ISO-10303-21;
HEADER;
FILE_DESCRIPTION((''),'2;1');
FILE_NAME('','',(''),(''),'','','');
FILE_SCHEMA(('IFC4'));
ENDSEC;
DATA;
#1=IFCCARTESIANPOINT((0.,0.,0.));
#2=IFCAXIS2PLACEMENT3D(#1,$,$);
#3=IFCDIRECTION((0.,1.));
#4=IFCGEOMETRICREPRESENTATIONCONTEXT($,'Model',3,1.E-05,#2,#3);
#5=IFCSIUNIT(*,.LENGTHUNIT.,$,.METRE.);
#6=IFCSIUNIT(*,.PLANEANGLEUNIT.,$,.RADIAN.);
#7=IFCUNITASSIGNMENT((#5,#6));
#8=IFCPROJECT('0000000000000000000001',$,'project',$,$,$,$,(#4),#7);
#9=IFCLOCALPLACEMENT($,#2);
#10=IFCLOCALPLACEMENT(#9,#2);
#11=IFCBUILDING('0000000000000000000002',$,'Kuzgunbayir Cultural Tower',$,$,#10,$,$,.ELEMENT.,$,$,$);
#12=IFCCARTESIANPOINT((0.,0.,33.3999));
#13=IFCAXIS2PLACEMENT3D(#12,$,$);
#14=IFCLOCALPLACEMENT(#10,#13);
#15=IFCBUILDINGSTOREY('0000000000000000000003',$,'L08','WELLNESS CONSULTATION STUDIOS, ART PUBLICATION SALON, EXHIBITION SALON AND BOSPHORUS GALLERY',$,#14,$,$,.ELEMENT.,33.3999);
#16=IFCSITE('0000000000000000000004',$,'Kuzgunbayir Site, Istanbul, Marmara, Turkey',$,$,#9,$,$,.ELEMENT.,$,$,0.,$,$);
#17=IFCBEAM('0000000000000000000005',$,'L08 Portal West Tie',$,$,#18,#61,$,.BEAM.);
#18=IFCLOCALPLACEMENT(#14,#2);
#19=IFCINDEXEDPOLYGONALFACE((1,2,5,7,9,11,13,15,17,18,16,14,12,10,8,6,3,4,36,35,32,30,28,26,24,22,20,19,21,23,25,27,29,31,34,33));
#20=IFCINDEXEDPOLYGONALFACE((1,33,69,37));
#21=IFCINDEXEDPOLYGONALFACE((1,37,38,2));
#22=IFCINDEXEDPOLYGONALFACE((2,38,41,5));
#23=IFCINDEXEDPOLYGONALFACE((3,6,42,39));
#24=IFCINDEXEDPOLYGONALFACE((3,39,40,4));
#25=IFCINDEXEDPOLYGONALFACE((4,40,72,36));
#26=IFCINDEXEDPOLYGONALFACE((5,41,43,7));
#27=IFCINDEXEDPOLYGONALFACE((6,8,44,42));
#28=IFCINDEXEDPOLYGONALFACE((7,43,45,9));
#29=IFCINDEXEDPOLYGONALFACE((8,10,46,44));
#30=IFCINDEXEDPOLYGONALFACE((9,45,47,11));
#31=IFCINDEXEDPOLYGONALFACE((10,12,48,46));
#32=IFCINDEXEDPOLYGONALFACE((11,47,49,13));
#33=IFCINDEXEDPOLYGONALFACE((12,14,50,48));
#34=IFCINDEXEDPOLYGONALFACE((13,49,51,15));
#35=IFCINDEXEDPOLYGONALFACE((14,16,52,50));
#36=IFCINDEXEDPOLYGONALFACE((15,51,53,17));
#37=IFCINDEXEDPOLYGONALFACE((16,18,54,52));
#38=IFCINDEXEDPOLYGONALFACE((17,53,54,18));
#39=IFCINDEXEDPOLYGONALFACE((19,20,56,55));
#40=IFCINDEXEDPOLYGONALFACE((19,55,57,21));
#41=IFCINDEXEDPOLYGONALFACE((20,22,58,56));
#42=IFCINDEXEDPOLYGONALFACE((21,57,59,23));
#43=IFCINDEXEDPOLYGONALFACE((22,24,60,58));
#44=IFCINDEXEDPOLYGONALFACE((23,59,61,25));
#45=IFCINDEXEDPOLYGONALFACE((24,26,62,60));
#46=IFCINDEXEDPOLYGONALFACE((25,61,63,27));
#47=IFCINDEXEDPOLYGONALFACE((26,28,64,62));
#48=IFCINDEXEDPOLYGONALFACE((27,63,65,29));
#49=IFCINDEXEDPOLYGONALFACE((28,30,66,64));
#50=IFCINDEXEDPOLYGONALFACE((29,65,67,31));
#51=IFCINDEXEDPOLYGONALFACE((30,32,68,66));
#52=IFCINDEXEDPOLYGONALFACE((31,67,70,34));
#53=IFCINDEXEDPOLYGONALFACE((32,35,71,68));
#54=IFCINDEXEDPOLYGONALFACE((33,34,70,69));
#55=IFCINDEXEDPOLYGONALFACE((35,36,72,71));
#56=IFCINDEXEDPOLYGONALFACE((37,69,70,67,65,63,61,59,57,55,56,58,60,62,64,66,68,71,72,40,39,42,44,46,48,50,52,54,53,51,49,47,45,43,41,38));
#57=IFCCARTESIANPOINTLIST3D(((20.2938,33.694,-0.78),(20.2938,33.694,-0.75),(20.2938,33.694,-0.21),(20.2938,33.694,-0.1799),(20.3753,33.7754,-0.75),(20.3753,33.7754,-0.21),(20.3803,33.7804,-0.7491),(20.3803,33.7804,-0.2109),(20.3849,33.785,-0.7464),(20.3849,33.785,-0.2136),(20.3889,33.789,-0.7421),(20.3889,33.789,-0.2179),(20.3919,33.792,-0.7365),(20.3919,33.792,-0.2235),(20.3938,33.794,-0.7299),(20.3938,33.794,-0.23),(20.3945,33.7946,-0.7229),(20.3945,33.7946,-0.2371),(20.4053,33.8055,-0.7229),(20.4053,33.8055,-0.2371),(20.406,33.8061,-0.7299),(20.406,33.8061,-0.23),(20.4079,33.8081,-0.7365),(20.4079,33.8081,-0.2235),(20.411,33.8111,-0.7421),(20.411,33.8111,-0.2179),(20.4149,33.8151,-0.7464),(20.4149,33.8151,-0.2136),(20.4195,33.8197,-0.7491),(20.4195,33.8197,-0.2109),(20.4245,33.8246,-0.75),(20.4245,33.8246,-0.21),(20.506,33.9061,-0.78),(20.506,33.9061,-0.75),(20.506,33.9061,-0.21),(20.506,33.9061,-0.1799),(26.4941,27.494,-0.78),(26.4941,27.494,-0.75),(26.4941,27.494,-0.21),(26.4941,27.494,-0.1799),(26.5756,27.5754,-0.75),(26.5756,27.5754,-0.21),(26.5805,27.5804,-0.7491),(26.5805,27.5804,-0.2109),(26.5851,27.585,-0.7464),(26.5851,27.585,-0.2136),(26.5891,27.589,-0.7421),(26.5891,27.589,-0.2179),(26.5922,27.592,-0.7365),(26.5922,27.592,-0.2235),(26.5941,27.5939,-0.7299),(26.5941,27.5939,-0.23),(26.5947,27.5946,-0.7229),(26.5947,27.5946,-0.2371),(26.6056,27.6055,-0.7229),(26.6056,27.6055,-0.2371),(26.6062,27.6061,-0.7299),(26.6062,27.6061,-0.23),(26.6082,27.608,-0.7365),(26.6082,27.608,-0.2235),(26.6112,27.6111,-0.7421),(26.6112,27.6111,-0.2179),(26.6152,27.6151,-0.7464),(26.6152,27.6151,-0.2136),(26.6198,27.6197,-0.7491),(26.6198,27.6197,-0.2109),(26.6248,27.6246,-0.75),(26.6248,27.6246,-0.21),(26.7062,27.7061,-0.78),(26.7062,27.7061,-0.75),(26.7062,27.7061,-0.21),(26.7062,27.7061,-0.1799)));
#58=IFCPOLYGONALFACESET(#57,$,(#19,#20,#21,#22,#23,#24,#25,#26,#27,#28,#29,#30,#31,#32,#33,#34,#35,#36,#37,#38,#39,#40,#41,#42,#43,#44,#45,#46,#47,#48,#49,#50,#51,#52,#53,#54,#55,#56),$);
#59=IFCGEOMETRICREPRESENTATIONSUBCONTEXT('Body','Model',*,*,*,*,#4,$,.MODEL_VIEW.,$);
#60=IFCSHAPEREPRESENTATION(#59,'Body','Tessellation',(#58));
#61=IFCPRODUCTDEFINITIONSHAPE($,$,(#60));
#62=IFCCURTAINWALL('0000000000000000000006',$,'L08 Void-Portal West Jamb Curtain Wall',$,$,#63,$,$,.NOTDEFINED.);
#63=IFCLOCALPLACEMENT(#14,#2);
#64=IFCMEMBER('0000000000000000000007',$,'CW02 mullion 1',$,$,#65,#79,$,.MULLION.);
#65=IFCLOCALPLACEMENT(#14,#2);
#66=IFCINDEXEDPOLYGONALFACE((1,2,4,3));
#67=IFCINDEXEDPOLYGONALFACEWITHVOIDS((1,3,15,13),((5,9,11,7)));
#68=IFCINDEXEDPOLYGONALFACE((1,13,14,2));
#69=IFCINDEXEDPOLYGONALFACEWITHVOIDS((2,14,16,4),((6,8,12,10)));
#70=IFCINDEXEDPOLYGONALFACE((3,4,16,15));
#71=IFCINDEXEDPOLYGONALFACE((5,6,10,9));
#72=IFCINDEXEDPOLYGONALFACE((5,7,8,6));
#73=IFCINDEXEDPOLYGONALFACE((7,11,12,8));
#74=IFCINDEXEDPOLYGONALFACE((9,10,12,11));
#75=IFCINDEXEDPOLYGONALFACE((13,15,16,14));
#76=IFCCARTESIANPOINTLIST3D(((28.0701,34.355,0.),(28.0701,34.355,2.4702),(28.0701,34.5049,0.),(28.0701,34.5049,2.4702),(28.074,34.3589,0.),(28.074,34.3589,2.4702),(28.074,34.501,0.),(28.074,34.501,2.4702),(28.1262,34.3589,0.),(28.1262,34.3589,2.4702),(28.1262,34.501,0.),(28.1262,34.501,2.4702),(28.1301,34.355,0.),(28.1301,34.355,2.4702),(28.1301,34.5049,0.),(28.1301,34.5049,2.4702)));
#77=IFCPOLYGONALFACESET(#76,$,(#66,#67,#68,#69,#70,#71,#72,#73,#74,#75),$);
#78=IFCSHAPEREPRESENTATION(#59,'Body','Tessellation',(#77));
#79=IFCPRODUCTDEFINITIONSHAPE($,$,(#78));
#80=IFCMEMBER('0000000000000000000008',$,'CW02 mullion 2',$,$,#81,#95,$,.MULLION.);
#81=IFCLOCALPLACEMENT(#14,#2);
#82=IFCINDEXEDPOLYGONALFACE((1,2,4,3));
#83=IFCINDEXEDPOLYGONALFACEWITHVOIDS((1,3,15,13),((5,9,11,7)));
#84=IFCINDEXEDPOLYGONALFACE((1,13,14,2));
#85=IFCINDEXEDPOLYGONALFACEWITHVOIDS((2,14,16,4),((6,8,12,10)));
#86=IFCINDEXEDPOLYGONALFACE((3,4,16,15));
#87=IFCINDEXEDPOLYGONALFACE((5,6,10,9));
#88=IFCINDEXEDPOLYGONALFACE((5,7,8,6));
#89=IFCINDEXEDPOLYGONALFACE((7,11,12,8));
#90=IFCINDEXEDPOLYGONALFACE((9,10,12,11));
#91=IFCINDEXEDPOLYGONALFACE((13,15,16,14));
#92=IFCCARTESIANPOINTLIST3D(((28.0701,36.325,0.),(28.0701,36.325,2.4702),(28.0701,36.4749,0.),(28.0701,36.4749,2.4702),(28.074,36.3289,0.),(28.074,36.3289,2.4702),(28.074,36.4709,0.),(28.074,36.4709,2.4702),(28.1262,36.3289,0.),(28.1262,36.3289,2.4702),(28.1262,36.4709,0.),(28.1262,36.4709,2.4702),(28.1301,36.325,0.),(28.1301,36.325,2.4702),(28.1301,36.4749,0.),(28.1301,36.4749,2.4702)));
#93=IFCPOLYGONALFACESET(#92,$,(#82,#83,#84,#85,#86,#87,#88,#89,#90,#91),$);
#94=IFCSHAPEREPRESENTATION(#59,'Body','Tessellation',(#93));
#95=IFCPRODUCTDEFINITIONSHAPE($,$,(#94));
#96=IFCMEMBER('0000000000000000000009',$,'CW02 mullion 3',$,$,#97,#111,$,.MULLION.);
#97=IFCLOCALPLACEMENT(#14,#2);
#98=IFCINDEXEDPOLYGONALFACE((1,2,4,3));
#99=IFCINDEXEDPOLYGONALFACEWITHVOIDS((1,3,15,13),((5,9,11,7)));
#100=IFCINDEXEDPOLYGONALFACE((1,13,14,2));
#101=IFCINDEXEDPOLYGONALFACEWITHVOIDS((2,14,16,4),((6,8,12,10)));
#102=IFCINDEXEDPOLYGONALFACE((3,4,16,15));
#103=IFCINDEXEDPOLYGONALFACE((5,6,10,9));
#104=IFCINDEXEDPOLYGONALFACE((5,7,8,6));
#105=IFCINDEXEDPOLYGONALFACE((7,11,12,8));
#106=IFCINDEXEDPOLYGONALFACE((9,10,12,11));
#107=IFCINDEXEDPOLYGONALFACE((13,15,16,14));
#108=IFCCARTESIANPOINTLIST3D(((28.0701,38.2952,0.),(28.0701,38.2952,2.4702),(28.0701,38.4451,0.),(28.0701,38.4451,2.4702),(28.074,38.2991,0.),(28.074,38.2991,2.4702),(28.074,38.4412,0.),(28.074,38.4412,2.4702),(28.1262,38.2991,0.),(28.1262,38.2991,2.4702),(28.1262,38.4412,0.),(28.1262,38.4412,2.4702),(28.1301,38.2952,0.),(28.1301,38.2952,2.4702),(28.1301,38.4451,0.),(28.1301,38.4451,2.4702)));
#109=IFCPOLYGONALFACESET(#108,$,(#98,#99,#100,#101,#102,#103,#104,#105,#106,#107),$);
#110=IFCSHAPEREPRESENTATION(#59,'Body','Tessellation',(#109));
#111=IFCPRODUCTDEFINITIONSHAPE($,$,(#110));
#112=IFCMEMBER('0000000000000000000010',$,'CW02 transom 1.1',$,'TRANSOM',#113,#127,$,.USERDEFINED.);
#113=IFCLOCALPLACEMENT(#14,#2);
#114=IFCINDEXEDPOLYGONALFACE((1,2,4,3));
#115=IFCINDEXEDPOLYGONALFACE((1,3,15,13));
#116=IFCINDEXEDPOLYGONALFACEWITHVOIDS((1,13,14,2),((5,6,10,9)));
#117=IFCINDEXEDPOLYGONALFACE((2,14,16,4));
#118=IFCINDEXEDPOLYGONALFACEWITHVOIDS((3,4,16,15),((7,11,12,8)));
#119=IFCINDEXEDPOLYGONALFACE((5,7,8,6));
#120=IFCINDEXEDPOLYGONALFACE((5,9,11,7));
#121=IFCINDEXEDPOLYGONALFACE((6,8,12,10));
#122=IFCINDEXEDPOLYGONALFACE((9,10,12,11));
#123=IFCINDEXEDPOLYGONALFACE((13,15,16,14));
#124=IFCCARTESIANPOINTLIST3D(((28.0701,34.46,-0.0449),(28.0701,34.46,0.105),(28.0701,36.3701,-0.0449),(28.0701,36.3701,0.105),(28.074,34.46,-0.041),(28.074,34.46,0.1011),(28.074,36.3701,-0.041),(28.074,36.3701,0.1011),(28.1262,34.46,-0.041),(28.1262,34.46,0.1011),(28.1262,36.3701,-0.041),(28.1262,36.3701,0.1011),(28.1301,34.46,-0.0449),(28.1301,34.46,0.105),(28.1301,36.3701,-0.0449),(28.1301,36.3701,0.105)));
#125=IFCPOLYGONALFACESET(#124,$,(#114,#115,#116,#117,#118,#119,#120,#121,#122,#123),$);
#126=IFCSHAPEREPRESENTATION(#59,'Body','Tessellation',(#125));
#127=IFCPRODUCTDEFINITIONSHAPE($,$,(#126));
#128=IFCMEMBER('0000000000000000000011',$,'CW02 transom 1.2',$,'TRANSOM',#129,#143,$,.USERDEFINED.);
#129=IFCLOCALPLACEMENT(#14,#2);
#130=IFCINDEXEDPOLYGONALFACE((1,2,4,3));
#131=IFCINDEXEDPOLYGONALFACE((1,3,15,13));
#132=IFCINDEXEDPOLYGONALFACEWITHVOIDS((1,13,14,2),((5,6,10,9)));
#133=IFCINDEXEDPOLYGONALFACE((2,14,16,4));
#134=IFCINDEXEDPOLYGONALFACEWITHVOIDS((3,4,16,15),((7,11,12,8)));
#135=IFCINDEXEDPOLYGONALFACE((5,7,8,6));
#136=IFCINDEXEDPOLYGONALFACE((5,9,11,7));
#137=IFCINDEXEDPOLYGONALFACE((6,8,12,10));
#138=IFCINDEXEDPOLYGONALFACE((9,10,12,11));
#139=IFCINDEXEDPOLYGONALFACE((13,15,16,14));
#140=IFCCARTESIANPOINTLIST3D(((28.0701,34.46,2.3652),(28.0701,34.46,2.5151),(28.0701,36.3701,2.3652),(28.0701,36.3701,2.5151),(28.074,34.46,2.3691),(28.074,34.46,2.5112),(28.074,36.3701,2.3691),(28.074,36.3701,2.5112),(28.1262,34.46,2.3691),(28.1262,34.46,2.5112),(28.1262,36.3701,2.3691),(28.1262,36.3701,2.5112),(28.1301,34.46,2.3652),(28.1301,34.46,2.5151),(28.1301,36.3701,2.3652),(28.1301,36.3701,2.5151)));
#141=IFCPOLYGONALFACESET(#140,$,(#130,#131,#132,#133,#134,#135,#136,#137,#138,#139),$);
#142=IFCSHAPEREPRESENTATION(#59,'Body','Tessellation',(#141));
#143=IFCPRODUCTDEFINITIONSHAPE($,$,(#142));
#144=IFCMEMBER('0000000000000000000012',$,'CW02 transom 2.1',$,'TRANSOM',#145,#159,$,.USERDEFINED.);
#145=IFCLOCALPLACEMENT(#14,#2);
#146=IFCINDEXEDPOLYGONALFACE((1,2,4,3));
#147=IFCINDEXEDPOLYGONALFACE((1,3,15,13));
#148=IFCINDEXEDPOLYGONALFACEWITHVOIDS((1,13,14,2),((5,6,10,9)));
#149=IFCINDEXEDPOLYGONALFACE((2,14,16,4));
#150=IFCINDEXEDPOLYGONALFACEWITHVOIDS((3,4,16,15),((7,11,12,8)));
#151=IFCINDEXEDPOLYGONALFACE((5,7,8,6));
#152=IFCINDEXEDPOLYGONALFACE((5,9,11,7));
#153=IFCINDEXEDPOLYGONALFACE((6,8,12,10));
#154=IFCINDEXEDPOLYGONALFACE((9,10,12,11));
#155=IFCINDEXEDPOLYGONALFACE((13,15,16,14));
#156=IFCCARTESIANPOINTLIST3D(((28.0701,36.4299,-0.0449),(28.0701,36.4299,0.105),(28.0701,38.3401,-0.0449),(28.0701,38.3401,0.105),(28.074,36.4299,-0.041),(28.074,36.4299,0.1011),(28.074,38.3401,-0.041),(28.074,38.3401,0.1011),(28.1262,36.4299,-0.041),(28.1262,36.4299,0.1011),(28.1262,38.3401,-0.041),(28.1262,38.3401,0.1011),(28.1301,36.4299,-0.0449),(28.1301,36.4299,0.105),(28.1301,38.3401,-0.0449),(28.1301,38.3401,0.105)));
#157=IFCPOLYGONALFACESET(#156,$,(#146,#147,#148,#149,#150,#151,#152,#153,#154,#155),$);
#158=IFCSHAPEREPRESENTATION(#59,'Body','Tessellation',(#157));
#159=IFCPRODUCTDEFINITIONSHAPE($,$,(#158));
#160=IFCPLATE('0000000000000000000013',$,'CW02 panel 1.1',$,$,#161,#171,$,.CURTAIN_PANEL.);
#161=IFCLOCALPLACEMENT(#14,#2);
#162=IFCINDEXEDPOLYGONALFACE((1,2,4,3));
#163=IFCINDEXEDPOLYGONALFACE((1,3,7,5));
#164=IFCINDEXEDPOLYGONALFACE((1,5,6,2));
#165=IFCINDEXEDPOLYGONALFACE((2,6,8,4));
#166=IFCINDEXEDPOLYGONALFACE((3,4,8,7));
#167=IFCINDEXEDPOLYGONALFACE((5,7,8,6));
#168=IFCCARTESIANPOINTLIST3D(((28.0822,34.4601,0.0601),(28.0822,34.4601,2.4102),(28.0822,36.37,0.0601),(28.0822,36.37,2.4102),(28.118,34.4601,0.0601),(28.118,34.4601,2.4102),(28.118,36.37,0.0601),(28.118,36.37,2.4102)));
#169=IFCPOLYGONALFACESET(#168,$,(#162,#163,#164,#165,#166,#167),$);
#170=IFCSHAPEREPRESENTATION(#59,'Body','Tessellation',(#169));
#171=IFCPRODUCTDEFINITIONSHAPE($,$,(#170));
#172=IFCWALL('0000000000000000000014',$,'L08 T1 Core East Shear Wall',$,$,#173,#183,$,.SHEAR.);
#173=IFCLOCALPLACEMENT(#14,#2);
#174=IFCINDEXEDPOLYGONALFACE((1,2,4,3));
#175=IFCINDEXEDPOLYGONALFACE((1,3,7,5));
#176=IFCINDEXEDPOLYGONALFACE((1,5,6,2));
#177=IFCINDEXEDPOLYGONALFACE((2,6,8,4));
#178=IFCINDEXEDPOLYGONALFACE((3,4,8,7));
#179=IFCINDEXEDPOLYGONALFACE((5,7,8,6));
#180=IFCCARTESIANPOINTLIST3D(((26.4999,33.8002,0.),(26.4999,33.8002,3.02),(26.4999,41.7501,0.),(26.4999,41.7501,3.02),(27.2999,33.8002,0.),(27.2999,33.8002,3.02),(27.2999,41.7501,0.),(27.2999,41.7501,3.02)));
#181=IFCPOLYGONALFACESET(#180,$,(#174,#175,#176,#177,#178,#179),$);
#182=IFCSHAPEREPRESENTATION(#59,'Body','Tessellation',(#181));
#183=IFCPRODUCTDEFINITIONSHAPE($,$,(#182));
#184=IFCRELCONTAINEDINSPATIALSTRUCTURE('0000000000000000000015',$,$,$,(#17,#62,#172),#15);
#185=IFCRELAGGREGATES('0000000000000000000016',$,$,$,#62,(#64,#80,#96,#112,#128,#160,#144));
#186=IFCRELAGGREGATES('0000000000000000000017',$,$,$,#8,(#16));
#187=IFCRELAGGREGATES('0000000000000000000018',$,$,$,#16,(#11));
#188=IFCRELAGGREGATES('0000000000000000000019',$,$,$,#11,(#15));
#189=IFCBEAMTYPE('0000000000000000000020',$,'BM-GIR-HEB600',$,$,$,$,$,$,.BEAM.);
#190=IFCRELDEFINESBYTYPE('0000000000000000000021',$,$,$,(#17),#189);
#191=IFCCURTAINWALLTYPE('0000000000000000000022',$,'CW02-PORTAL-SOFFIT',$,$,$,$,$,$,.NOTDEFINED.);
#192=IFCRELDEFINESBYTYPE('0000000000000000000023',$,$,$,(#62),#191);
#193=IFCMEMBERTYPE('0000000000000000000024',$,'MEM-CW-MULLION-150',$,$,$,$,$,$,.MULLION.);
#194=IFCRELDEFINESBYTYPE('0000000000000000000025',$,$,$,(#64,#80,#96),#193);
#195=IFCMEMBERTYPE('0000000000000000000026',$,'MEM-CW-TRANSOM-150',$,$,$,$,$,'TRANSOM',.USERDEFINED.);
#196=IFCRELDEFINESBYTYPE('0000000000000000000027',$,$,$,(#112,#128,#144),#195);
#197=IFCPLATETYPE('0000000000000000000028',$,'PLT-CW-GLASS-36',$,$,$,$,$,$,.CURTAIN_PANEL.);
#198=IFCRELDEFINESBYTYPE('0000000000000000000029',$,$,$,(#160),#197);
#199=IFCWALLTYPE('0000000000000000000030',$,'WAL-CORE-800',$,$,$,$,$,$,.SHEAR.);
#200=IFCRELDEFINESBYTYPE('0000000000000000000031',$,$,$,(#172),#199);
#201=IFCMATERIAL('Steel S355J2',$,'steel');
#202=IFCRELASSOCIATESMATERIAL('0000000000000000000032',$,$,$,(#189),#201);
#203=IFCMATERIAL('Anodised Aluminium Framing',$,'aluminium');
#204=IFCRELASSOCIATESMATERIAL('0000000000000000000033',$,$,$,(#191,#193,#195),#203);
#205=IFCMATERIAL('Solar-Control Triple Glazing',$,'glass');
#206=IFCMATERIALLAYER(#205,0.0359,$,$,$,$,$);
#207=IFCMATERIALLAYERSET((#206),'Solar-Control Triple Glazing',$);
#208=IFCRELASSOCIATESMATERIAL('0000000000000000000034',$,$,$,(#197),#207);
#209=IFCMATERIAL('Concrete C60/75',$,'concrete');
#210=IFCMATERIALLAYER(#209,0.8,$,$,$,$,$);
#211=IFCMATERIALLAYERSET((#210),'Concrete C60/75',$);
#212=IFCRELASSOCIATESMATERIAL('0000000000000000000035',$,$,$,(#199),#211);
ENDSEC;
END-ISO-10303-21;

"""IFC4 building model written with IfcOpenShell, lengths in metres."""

from ifc_helpers import new_model, si_unit, direction, frame, frame_2d, origin, origin_2d, place, context, subcontext, project, spatial, rectangle, hollow_rectangle, i_section, extrude, material, layer, layer_set, material_profile, profile_set, type_object, element, aggregate, save


model = new_model("IFC4")

# Units and contexts
model_context = context("Model", 3, precision=1e-05, world=origin(), true_north=direction((0.0, 1.0)))
body_context = subcontext(model_context, "Body", "Model", "MODEL_VIEW")
ifc_project = project(units=[si_unit("LENGTHUNIT", "METRE"), si_unit("PLANEANGLEUNIT", "RADIAN")], contexts=[model_context])

# Site, building, storey
site_placement = place(None, origin())
site = spatial("IfcSite", under=ifc_project, at=site_placement, Name="Kuzgunbayir Site, Istanbul, Marmara, Turkey", CompositionType="ELEMENT", RefElevation=0.0)
building_placement = place(site_placement, origin())
building = spatial("IfcBuilding", under=site, at=building_placement, Name="Kuzgunbayir Cultural Tower", CompositionType="ELEMENT")
storey_placement = place(building_placement, frame((0.0, 0.0, 33.3999)))
storey = spatial("IfcBuildingStorey", under=building, at=storey_placement, Name="L08", Description="WELLNESS CONSULTATION STUDIOS, ART PUBLICATION SALON, EXHIBITION SALON AND BOSPHORUS GALLERY", CompositionType="ELEMENT", Elevation=33.3999)

# Shared definitions
ifc_material_1 = material(Name="Concrete C60/75", Category="concrete")

# Beam
ifc_material_2 = material(Name="Steel S355J2", Category="steel")
ifc_material_profile_1 = material_profile(ifc_material_2, i_section(OverallWidth=0.3, OverallDepth=0.6001, WebThickness=0.0154, FlangeThickness=0.03, FilletRadius=0.0271, at=origin_2d()), Name="HEB 600")
ifc_profile_set_1 = profile_set([ifc_material_profile_1], Name="Steel S355J2")
beam_type = type_object("IfcBeamType", Name="BM-GIR-HEB600", PredefinedType="BEAM", material=ifc_profile_set_1)
beam_1_placement = place(storey_placement, frame((20.3999, 33.8, -0.48), z_axis=(0.707121, -0.707093, 0.0), x_axis=(0.707093, 0.707121, 0.0)))
element("IfcBeam", 1, at=beam_1_placement, inside=storey, type_object=beam_type, Name="L08 Portal West Tie", PredefinedType="BEAM", context=body_context, shape_type="SweptSolid", body=[
    extrude(i_section(OverallWidth=0.3, OverallDepth=0.6001, WebThickness=0.0154, FlangeThickness=0.03, FilletRadius=0.0271, at=origin_2d()), origin(), (0.0, 0.0, 1.0), 8.7683),
])

# Curtain wall, members, plate
ifc_material_3 = material(Name="Anodised Aluminium Framing", Category="aluminium")
curtain_wall_type = type_object("IfcCurtainWallType", Name="CW02-PORTAL-SOFFIT", PredefinedType="NOTDEFINED", material=ifc_material_3)
curtain_wall_placement = place(storey_placement, origin())
curtain_wall = element("IfcCurtainWall", 2, at=curtain_wall_placement, inside=storey, type_object=curtain_wall_type, Name="L08 Void-Portal West Jamb Curtain Wall", PredefinedType="NOTDEFINED")
ifc_material_profile_2 = material_profile(ifc_material_3, hollow_rectangle(XDim=0.0601, YDim=0.1499, WallThickness=0.0039, at=origin_2d()), Name="RHS 150x60x4")
ifc_profile_set_2 = profile_set([ifc_material_profile_2], Name="Anodised Aluminium Framing")
member_type_1 = type_object("IfcMemberType", Name="MEM-CW-MULLION-150", PredefinedType="MULLION", material=ifc_profile_set_2)
member_1_placement = place(storey_placement, frame((28.1001, 34.4299, 0.0), z_axis=(0.0, 0.0, 1.0), x_axis=(-1.0, 0.0, 0.0)))
member_1 = element("IfcMember", 3, at=member_1_placement, type_object=member_type_1, Name="CW02 mullion 1", PredefinedType="MULLION", context=body_context, shape_type="SweptSolid", body=[
    extrude(hollow_rectangle(XDim=0.0601, YDim=0.1499, WallThickness=0.0039, at=origin_2d()), origin(), (0.0, 0.0, 1.0), 2.4702),
])
member_2_placement = place(storey_placement, frame((28.1001, 36.3999, 0.0), z_axis=(0.0, 0.0, 1.0), x_axis=(-1.0, 0.0, 0.0)))
member_2 = element("IfcMember", 4, at=member_2_placement, type_object=member_type_1, Name="CW02 mullion 2", PredefinedType="MULLION", context=body_context, shape_type="SweptSolid", body=[
    extrude(hollow_rectangle(XDim=0.0601, YDim=0.1499, WallThickness=0.0039, at=origin_2d()), origin(), (0.0, 0.0, 1.0), 2.4702),
])
member_3_placement = place(storey_placement, frame((28.1001, 38.3701, 0.0), z_axis=(0.0, 0.0, 1.0), x_axis=(-1.0, 0.0, 0.0)))
member_3 = element("IfcMember", 5, at=member_3_placement, type_object=member_type_1, Name="CW02 mullion 3", PredefinedType="MULLION", context=body_context, shape_type="SweptSolid", body=[
    extrude(hollow_rectangle(XDim=0.0601, YDim=0.1499, WallThickness=0.0039, at=origin_2d()), origin(), (0.0, 0.0, 1.0), 2.4702),
])
ifc_material_profile_3 = material_profile(ifc_material_3, hollow_rectangle(XDim=0.0601, YDim=0.1499, WallThickness=0.0039, at=origin_2d()), Name="RHS 150x60x4")
ifc_profile_set_3 = profile_set([ifc_material_profile_3], Name="Anodised Aluminium Framing")
member_type_2 = type_object("IfcMemberType", Name="MEM-CW-TRANSOM-150", ElementType="TRANSOM", PredefinedType="USERDEFINED", material=ifc_profile_set_3)
member_4_placement = place(storey_placement, frame((28.1001, 34.46, 0.03), z_axis=(0.0, 1.0, 0.0), x_axis=(-1.0, 0.0, 0.0)))
member_4 = element("IfcMember", 6, at=member_4_placement, type_object=member_type_2, Name="CW02 transom 1.1", ObjectType="TRANSOM", PredefinedType="USERDEFINED", context=body_context, shape_type="SweptSolid", body=[
    extrude(hollow_rectangle(XDim=0.0601, YDim=0.1499, WallThickness=0.0039, at=origin_2d()), origin(), (0.0, 0.0, 1.0), 1.9102),
])
member_5_placement = place(storey_placement, frame((28.1001, 34.46, 2.4402), z_axis=(0.0, 1.0, 0.0), x_axis=(-1.0, 0.0, 0.0)))
member_5 = element("IfcMember", 7, at=member_5_placement, type_object=member_type_2, Name="CW02 transom 1.2", ObjectType="TRANSOM", PredefinedType="USERDEFINED", context=body_context, shape_type="SweptSolid", body=[
    extrude(hollow_rectangle(XDim=0.0601, YDim=0.1499, WallThickness=0.0039, at=origin_2d()), origin(), (0.0, 0.0, 1.0), 1.9102),
])
member_6_placement = place(storey_placement, frame((28.1001, 36.4299, 0.03), z_axis=(0.0, 1.0, 0.0), x_axis=(-1.0, 0.0, 0.0)))
member_6 = element("IfcMember", 8, at=member_6_placement, type_object=member_type_2, Name="CW02 transom 2.1", ObjectType="TRANSOM", PredefinedType="USERDEFINED", context=body_context, shape_type="SweptSolid", body=[
    extrude(hollow_rectangle(XDim=0.0601, YDim=0.1499, WallThickness=0.0039, at=origin_2d()), origin(), (0.0, 0.0, 1.0), 1.9102),
])
ifc_material_4 = material(Name="Solar-Control Triple Glazing", Category="glass")
ifc_layer_1 = layer(ifc_material_4, 0.0359)
ifc_layer_set_1 = layer_set([ifc_layer_1], Name="Solar-Control Triple Glazing")
plate_type = type_object("IfcPlateType", Name="PLT-CW-GLASS-36", PredefinedType="CURTAIN_PANEL", material=ifc_layer_set_1)
plate_placement = place(storey_placement, frame((28.1001, 35.415, 0.0601), z_axis=(0.0, 0.0, 1.0), x_axis=(0.0, 1.0, 0.0)))
plate = element("IfcPlate", 9, at=plate_placement, type_object=plate_type, Name="CW02 panel 1.1", PredefinedType="CURTAIN_PANEL", context=body_context, shape_type="SweptSolid", body=[
    extrude(rectangle(XDim=1.9099, YDim=0.0359, at=origin_2d()), origin(), (0.0, 0.0, 1.0), 2.3501),
])
aggregate(curtain_wall, [member_1, member_2, member_3, member_4, member_5, plate, member_6])

# Wall
ifc_layer_2 = layer(ifc_material_1, 0.8)
ifc_layer_set_2 = layer_set([ifc_layer_2], Name="Concrete C60/75")
wall_type_1 = type_object("IfcWallType", Name="WAL-CORE-800", PredefinedType="SHEAR", material=ifc_layer_set_2)
wall_1_placement = place(storey_placement, frame((26.8999, 33.8, 0.0), z_axis=(0.0, 0.0, 1.0), x_axis=(0.0, 1.0, 0.0)))
element("IfcWall", 10, at=wall_1_placement, inside=storey, type_object=wall_type_1, Name="L08 T1 Core East Shear Wall", PredefinedType="SHEAR", context=body_context, shape_type="SweptSolid", body=[
    extrude(rectangle(XDim=7.95, YDim=0.8, at=frame_2d((3.9751, 0.0))), origin(), (0.0, 0.0, 1.0), 3.02),
])

save(model, "model.ifc")
